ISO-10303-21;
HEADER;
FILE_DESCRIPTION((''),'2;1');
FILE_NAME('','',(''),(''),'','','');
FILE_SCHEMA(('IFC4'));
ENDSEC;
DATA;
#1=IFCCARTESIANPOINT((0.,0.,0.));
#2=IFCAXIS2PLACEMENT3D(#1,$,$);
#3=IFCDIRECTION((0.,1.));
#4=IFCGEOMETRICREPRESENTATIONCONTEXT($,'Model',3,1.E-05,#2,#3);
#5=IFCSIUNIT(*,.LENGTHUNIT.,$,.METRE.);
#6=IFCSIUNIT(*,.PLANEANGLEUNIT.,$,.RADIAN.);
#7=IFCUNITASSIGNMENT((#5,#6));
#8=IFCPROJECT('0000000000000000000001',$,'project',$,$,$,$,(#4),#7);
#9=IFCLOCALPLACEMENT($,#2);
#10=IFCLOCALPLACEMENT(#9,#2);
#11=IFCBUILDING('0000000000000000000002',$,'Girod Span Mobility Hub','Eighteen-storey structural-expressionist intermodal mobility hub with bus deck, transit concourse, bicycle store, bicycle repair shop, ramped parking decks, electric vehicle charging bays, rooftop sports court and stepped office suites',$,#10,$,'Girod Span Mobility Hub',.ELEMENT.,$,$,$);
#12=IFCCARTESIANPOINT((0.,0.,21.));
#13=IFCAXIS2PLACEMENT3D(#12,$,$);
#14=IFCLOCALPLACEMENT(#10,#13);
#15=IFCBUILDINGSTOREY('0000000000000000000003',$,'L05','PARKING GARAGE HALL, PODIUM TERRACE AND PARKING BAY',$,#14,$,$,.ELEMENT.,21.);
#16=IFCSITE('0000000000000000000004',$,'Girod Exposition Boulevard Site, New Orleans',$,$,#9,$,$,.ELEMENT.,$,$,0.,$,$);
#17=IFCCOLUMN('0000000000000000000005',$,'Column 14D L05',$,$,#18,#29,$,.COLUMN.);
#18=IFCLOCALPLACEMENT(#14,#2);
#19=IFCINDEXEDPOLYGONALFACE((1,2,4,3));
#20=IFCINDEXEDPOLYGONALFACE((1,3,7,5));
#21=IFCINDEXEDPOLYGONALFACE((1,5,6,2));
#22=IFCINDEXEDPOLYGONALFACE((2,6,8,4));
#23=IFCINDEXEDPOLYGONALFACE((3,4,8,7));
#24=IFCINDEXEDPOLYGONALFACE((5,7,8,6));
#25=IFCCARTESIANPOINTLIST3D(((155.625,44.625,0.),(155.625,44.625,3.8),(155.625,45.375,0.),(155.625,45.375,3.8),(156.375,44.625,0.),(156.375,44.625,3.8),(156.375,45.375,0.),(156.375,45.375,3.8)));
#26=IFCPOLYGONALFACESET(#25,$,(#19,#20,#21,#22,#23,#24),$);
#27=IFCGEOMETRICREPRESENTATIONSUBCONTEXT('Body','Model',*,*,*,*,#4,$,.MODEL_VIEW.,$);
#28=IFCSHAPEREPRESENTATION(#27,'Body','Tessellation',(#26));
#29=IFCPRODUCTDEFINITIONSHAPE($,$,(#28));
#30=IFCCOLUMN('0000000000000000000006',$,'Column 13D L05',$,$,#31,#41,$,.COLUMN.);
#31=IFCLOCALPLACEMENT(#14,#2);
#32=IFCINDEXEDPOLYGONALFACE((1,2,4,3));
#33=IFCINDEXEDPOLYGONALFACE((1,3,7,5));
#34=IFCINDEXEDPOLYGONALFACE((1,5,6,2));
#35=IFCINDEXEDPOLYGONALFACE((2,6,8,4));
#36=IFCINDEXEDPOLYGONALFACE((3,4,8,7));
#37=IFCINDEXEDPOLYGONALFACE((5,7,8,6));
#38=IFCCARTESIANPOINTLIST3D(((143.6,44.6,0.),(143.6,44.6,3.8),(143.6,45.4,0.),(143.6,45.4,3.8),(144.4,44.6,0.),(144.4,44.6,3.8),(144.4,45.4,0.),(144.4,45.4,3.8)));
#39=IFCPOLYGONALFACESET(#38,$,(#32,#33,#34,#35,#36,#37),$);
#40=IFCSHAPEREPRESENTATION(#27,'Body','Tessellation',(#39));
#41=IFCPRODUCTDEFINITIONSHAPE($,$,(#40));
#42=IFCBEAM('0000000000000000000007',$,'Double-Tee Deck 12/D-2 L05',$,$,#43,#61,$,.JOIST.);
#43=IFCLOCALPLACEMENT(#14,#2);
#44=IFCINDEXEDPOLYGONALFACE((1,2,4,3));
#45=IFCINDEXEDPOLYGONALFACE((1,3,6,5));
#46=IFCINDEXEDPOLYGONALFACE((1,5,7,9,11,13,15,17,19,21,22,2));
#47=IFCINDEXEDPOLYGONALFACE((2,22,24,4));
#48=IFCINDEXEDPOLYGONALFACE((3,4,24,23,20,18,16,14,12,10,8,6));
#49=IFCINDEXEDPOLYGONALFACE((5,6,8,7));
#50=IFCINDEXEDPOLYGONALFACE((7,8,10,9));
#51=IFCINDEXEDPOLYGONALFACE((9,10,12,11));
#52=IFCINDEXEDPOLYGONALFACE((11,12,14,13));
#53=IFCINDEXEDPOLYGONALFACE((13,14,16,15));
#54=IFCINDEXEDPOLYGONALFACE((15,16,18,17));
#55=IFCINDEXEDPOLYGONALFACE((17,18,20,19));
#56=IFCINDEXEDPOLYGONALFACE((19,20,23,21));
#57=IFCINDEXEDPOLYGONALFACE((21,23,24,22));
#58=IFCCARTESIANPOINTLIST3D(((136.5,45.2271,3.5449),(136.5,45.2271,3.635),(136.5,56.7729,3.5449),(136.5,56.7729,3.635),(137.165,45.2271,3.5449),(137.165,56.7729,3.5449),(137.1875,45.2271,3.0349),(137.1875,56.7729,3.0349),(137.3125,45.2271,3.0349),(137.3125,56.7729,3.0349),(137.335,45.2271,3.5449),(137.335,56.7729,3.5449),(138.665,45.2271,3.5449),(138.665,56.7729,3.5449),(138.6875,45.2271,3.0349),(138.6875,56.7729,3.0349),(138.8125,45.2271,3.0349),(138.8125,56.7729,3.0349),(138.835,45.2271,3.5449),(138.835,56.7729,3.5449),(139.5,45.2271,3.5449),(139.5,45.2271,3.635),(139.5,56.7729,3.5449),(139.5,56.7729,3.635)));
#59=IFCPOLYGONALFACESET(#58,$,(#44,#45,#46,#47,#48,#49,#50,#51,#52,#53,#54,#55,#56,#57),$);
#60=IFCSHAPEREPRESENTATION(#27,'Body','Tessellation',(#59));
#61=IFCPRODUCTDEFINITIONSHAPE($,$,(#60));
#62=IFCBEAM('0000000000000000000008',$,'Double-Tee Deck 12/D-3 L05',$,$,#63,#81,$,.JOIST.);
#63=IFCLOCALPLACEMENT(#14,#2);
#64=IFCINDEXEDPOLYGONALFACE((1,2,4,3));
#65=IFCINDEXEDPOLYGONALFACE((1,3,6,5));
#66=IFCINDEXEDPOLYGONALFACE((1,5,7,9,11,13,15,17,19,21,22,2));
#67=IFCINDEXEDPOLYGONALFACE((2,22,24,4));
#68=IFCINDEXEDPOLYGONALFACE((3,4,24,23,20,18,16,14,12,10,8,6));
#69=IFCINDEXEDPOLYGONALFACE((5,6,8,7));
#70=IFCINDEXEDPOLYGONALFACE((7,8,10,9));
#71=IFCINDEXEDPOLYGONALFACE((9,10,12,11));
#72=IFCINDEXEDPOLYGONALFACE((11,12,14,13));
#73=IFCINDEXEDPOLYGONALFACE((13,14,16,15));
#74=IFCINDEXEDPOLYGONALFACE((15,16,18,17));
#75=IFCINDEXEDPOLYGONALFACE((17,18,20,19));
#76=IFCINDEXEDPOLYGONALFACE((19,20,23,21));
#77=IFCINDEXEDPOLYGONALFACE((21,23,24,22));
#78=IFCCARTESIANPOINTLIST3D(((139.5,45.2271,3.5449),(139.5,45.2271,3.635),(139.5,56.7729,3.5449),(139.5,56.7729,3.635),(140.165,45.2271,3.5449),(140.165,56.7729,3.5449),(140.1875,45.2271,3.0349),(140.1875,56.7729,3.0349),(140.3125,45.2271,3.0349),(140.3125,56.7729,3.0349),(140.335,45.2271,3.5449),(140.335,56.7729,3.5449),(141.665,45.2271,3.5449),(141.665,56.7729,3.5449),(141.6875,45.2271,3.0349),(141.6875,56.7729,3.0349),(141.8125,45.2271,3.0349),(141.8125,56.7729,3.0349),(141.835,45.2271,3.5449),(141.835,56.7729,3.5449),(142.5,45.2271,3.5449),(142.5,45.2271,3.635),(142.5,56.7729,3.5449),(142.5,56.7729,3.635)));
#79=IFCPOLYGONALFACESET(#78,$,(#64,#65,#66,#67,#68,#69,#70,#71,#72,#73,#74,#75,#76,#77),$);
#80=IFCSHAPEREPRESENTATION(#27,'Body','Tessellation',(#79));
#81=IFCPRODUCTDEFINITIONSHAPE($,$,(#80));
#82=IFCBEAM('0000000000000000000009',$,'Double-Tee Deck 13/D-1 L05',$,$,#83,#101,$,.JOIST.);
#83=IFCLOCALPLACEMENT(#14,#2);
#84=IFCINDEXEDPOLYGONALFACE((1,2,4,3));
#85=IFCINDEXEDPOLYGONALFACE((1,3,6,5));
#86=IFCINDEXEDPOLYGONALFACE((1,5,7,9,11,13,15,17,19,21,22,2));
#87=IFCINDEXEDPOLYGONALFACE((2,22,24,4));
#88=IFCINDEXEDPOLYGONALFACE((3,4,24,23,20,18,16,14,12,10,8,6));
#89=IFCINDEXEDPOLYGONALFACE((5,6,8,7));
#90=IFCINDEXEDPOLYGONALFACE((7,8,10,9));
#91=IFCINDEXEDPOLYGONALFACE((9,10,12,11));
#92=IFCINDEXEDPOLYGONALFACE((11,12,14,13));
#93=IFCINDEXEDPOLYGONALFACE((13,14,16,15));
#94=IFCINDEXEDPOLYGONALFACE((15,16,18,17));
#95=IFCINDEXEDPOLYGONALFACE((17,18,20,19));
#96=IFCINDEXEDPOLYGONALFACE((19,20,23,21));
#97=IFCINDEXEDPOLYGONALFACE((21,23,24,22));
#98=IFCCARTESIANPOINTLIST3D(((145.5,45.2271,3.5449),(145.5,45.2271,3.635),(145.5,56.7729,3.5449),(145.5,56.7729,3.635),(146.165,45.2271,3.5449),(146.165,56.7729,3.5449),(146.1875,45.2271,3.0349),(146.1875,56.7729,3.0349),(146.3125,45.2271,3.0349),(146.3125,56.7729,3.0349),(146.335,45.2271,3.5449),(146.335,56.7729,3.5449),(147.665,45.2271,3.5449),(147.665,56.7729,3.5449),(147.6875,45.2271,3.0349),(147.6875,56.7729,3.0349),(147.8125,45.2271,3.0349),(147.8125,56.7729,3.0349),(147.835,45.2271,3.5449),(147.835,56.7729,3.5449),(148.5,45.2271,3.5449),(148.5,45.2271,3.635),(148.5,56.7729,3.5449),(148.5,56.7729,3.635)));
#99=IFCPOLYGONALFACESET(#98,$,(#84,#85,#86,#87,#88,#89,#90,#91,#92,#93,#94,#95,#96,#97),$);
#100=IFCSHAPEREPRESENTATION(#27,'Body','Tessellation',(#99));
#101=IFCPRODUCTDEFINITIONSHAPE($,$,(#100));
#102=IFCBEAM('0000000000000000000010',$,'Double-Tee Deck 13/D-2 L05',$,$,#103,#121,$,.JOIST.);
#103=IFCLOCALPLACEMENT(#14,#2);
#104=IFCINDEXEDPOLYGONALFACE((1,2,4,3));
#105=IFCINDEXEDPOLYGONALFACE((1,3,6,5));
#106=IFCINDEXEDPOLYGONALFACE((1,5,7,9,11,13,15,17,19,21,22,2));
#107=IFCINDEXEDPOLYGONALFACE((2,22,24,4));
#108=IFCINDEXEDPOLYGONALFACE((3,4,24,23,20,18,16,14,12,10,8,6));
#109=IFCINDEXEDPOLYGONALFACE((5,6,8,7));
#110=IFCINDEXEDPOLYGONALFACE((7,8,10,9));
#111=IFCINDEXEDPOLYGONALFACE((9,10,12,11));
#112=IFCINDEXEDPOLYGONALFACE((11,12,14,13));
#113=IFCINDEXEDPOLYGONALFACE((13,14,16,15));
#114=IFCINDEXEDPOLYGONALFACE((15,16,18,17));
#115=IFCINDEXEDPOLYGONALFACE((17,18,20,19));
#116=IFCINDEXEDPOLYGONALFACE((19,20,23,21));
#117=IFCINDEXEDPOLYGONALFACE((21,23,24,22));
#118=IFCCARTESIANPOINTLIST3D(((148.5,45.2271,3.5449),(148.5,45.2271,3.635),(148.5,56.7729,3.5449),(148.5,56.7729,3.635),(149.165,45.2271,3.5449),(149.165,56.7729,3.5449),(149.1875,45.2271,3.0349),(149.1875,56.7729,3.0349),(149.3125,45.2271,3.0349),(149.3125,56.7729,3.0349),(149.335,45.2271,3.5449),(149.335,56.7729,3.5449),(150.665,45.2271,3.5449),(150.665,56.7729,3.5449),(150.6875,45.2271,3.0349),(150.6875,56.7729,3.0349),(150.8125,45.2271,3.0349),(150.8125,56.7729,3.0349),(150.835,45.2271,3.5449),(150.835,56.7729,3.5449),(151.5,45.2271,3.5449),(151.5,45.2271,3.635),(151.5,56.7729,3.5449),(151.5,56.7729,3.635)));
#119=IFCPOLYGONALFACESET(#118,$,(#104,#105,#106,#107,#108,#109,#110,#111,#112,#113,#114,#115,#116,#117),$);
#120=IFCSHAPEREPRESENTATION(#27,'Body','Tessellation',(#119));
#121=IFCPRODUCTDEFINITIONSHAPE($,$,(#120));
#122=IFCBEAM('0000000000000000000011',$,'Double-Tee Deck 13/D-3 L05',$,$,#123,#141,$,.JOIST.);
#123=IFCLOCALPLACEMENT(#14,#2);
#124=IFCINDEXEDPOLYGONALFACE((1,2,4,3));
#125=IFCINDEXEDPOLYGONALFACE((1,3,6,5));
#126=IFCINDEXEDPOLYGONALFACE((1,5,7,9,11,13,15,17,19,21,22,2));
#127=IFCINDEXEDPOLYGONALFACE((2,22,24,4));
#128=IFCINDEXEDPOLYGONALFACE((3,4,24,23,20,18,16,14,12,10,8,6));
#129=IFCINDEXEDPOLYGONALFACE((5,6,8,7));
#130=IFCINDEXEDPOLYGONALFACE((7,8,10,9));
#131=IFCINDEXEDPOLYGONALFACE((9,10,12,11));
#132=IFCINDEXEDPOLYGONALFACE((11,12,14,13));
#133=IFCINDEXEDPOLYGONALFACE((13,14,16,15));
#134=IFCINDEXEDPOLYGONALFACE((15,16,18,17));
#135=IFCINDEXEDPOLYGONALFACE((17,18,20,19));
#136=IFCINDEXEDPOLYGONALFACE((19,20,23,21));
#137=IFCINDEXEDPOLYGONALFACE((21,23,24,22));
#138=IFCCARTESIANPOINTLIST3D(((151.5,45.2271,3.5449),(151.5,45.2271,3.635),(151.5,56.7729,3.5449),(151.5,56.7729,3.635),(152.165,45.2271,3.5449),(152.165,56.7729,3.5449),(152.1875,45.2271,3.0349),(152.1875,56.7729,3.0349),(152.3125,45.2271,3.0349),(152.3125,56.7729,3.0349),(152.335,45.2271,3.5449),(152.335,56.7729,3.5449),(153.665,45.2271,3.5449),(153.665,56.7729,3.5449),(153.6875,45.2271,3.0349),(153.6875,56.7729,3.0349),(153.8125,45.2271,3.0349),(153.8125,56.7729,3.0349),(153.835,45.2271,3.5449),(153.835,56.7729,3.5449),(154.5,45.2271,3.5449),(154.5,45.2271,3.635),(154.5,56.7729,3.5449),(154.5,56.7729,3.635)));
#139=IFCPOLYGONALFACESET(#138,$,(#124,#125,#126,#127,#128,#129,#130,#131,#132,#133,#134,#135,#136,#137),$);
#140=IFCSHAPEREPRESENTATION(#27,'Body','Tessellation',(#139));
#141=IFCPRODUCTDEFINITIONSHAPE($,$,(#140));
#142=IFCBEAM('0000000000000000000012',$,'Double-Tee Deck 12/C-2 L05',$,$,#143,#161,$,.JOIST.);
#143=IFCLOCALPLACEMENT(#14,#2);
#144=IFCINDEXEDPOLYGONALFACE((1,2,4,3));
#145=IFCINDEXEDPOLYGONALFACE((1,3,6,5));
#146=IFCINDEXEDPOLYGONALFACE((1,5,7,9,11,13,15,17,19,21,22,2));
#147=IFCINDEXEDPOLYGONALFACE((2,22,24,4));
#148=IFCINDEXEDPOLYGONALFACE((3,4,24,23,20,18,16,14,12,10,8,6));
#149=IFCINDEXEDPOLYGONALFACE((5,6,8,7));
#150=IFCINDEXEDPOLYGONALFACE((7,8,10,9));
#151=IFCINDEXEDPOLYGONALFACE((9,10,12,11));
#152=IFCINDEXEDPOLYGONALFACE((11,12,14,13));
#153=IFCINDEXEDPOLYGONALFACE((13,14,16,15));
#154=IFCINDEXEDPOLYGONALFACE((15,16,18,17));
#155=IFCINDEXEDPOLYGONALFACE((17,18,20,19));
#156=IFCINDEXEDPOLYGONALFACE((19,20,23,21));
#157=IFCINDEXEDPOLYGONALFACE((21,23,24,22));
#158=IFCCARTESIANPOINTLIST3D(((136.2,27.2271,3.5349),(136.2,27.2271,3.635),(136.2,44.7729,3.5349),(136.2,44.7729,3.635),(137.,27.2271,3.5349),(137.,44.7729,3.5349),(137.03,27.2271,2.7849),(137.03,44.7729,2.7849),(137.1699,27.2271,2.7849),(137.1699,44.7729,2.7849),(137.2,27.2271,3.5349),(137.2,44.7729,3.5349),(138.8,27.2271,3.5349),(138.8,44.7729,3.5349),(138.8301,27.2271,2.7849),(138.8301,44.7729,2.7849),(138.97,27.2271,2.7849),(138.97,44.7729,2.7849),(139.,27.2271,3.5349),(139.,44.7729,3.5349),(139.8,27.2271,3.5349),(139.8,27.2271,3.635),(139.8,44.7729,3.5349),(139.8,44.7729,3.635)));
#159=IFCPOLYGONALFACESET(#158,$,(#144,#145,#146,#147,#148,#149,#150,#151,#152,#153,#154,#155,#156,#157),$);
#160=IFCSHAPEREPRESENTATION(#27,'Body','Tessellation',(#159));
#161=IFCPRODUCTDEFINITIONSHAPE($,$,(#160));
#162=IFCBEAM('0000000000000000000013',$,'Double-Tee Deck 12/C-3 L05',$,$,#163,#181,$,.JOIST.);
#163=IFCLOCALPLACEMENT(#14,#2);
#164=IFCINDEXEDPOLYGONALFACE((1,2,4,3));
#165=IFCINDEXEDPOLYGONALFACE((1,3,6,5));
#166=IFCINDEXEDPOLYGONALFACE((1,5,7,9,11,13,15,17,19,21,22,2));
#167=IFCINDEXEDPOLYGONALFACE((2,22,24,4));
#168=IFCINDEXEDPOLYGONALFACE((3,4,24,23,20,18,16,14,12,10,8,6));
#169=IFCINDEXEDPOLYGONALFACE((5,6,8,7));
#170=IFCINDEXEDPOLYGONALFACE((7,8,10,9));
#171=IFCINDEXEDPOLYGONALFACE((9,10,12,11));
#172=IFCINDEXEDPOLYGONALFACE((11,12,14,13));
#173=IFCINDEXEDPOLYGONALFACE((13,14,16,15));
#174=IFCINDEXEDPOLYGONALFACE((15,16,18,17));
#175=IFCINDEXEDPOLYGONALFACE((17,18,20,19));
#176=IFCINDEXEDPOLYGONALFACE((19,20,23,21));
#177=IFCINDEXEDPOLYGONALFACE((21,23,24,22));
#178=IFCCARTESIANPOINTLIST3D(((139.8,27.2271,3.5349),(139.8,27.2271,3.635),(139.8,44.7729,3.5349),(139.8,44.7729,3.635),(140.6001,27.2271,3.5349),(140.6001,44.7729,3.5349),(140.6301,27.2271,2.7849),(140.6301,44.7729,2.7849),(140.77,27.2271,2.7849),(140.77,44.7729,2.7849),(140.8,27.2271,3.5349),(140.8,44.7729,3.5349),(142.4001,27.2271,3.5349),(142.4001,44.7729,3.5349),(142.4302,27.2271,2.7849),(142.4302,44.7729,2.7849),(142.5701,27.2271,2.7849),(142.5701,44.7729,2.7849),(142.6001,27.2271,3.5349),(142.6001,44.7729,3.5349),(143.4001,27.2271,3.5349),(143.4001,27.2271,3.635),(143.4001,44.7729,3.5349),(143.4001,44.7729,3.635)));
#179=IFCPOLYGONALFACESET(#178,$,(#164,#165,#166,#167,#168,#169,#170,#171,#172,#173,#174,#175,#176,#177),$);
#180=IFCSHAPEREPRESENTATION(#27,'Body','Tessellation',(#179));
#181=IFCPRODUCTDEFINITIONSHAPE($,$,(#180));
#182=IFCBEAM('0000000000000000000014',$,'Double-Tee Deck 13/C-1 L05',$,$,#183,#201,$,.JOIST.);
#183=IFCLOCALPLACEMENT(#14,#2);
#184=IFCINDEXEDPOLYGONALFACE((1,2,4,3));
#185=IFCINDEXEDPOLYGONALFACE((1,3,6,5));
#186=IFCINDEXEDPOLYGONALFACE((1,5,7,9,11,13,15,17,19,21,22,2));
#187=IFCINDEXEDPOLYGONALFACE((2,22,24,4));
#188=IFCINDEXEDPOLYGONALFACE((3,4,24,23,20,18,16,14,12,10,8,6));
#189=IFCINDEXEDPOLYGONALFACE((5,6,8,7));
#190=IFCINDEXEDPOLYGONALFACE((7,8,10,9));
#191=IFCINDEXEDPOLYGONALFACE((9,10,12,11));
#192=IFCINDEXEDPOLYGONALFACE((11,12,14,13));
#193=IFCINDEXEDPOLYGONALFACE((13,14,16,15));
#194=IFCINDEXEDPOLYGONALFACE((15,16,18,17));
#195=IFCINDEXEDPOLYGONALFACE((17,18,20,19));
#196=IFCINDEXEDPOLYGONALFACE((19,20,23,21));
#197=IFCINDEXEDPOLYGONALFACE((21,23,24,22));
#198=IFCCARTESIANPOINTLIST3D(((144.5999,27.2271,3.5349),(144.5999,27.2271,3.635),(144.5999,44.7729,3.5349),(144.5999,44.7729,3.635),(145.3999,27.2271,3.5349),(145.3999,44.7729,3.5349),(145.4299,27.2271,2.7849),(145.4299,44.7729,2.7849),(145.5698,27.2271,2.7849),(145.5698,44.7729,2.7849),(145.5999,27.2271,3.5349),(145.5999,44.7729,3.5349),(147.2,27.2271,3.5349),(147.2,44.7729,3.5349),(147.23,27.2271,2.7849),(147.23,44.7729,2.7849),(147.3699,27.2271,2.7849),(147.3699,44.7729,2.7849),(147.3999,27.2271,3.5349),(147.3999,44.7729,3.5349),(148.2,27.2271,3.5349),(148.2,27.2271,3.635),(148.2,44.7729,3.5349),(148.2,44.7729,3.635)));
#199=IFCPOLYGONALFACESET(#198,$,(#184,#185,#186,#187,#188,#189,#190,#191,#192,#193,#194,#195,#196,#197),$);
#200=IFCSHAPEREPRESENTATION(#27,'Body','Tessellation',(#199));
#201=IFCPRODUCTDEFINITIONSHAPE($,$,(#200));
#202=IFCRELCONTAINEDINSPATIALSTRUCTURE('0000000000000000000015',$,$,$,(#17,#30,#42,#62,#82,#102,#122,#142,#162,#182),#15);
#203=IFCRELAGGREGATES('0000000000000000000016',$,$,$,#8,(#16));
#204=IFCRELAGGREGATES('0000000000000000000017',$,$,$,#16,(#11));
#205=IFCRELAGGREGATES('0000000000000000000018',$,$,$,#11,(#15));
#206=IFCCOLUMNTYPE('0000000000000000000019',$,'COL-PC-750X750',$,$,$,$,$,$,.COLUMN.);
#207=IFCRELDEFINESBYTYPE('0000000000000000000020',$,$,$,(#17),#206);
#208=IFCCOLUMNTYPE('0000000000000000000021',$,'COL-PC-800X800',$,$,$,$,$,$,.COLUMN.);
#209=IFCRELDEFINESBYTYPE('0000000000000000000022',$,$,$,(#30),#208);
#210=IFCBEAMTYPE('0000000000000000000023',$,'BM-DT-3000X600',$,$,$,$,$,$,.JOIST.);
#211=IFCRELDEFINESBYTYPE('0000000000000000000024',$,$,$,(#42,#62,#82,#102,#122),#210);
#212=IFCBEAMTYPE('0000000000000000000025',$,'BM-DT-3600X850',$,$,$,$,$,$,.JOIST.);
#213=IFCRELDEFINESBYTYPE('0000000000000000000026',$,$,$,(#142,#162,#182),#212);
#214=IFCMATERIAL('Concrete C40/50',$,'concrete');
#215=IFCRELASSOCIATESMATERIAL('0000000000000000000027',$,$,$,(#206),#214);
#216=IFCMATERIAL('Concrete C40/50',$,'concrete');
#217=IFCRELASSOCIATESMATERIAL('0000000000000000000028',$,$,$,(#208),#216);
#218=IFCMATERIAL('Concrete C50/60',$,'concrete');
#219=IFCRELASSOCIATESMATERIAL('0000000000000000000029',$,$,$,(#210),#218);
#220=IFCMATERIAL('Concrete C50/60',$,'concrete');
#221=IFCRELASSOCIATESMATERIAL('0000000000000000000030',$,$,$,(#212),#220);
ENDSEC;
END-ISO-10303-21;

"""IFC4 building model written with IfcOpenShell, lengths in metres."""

from ifc_helpers import new_model, si_unit, direction, frame, origin, origin_2d, place, context, subcontext, project, spatial, polyline, rectangle, outline, extrude, material, material_profile, profile_set, type_object, element, save


model = new_model("IFC4")

# Units and contexts
model_context = context("Model", 3, precision=1e-05, world=origin(), true_north=direction((0.0, 1.0)))
body_context = subcontext(model_context, "Body", "Model", "MODEL_VIEW")
ifc_project = project(units=[si_unit("LENGTHUNIT", "METRE"), si_unit("PLANEANGLEUNIT", "RADIAN")], contexts=[model_context])

# Site, building, storey
site_placement = place(None, origin())
site = spatial("IfcSite", under=ifc_project, at=site_placement, Name="Girod Exposition Boulevard Site, New Orleans", CompositionType="ELEMENT", RefElevation=0.0)
building_placement = place(site_placement, origin())
building = spatial("IfcBuilding", under=site, at=building_placement, Name="Girod Span Mobility Hub", Description="Eighteen-storey structural-expressionist intermodal mobility hub with bus deck, transit concourse, bicycle store, bicycle repair shop, ramped parking decks, electric vehicle charging bays, rooftop sports court and stepped office suites", LongName="Girod Span Mobility Hub", CompositionType="ELEMENT")
storey_placement = place(building_placement, frame((0.0, 0.0, 21.0)))
storey = spatial("IfcBuildingStorey", under=building, at=storey_placement, Name="L05", Description="PARKING GARAGE HALL, PODIUM TERRACE AND PARKING BAY", CompositionType="ELEMENT", Elevation=21.0)

# Columns
ifc_material_1 = material(Name="Concrete C40/50", Category="concrete")
ifc_material_profile_1 = material_profile(ifc_material_1, rectangle(XDim=0.75, YDim=0.75, at=origin_2d()), Name="PC-COL-750X750")
ifc_profile_set_1 = profile_set([ifc_material_profile_1], Name="Concrete C40/50")
column_type_1 = type_object("IfcColumnType", Name="COL-PC-750X750", PredefinedType="COLUMN", material=ifc_profile_set_1)
column_1_placement = place(storey_placement, frame((156.0, 45.0, 0.0), z_axis=(0.0, 0.0, 1.0), x_axis=(1.0, 0.0, 0.0)))
element("IfcColumn", 1, at=column_1_placement, inside=storey, type_object=column_type_1, Name="Column 14D L05", PredefinedType="COLUMN", context=body_context, shape_type="SweptSolid", body=[
    extrude(rectangle(XDim=0.75, YDim=0.75, at=origin_2d()), origin(), (0.0, 0.0, 1.0), 3.8),
])
ifc_material_2 = material(Name="Concrete C40/50", Category="concrete")
ifc_material_profile_2 = material_profile(ifc_material_2, rectangle(XDim=0.8, YDim=0.8, at=origin_2d()), Name="PC-COL-800X800")
ifc_profile_set_2 = profile_set([ifc_material_profile_2], Name="Concrete C40/50")
column_type_2 = type_object("IfcColumnType", Name="COL-PC-800X800", PredefinedType="COLUMN", material=ifc_profile_set_2)
column_2_placement = place(storey_placement, frame((144.0, 45.0, 0.0), z_axis=(0.0, 0.0, 1.0), x_axis=(1.0, 0.0, 0.0)))
element("IfcColumn", 2, at=column_2_placement, inside=storey, type_object=column_type_2, Name="Column 13D L05", PredefinedType="COLUMN", context=body_context, shape_type="SweptSolid", body=[
    extrude(rectangle(XDim=0.8, YDim=0.8, at=origin_2d()), origin(), (0.0, 0.0, 1.0), 3.8),
])

# Beams
ifc_material_3 = material(Name="Concrete C50/60", Category="concrete")
ifc_material_profile_3 = material_profile(ifc_material_3, outline(polyline([(-1.5, 0.3), (-1.5, 0.21), (-0.835, 0.21), (-0.8125, -0.3), (-0.6875, -0.3), (-0.665, 0.21), (0.665, 0.21), (0.6875, -0.3), (0.8125, -0.3), (0.835, 0.21), (1.5, 0.21), (1.5, 0.3), (-1.5, 0.3)])), Name="DT-3000X600")
ifc_profile_set_3 = profile_set([ifc_material_profile_3], Name="Concrete C50/60")
beam_type_1 = type_object("IfcBeamType", Name="BM-DT-3000X600", PredefinedType="JOIST", material=ifc_profile_set_3)
for number, where, z_axis, x_axis, name in (
    (3, (138.0, 45.2271, 3.335), (0.0, 1.0, 0.0), (-1.0, 0.0, 0.0), "Double-Tee Deck 12/D-2 L05"),
    (4, (141.0, 45.2271, 3.335), (0.0, 1.0, 0.0), (-1.0, 0.0, 0.0), "Double-Tee Deck 12/D-3 L05"),
    (5, (147.0, 45.2271, 3.335), (0.0, 1.0, 0.0), (-1.0, 0.0, 0.0), "Double-Tee Deck 13/D-1 L05"),
    (6, (150.0, 45.2271, 3.335), (0.0, 1.0, 0.0), (-1.0, 0.0, 0.0), "Double-Tee Deck 13/D-2 L05"),
    (7, (153.0, 45.2271, 3.335), (0.0, 1.0, 0.0), (-1.0, 0.0, 0.0), "Double-Tee Deck 13/D-3 L05"),
):
    element("IfcBeam", number, at=place(storey_placement, frame(where, z_axis=z_axis, x_axis=x_axis)), inside=storey, type_object=beam_type_1, Name=name, PredefinedType="JOIST", context=body_context, shape_type="SweptSolid", body=[
        extrude(outline(polyline([(-1.5, 0.3), (-1.5, 0.21), (-0.835, 0.21), (-0.8125, -0.3), (-0.6875, -0.3), (-0.665, 0.21), (0.665, 0.21), (0.6875, -0.3), (0.8125, -0.3), (0.835, 0.21), (1.5, 0.21), (1.5, 0.3), (-1.5, 0.3)])), origin(), (0.0, 0.0, 1.0), 11.5459),
    ])
ifc_material_4 = material(Name="Concrete C50/60", Category="concrete")
ifc_material_profile_4 = material_profile(ifc_material_4, outline(polyline([(-1.8, 0.425), (-1.8, 0.325), (-1.0, 0.325), (-0.97, -0.425), (-0.8301, -0.425), (-0.8, 0.325), (0.8, 0.325), (0.8301, -0.425), (0.97, -0.425), (1.0, 0.325), (1.8, 0.325), (1.8, 0.425), (-1.8, 0.425)])), Name="DT-3600X850")
ifc_profile_set_4 = profile_set([ifc_material_profile_4], Name="Concrete C50/60")
beam_type_2 = type_object("IfcBeamType", Name="BM-DT-3600X850", PredefinedType="JOIST", material=ifc_profile_set_4)
for number, where, z_axis, x_axis, name in (
    (8, (138.0, 27.2271, 3.21), (0.0, 1.0, 0.0), (-1.0, 0.0, 0.0), "Double-Tee Deck 12/C-2 L05"),
    (9, (141.6001, 27.2271, 3.21), (0.0, 1.0, 0.0), (-1.0, 0.0, 0.0), "Double-Tee Deck 12/C-3 L05"),
    (10, (146.3999, 27.2271, 3.21), (0.0, 1.0, 0.0), (-1.0, 0.0, 0.0), "Double-Tee Deck 13/C-1 L05"),
):
    element("IfcBeam", number, at=place(storey_placement, frame(where, z_axis=z_axis, x_axis=x_axis)), inside=storey, type_object=beam_type_2, Name=name, PredefinedType="JOIST", context=body_context, shape_type="SweptSolid", body=[
        extrude(outline(polyline([(-1.8, 0.425), (-1.8, 0.325), (-1.0, 0.325), (-0.97, -0.425), (-0.8301, -0.425), (-0.8, 0.325), (0.8, 0.325), (0.8301, -0.425), (0.97, -0.425), (1.0, 0.325), (1.8, 0.325), (1.8, 0.425), (-1.8, 0.425)])), origin(), (0.0, 0.0, 1.0), 17.5459),
    ])

save(model, "model.ifc")
